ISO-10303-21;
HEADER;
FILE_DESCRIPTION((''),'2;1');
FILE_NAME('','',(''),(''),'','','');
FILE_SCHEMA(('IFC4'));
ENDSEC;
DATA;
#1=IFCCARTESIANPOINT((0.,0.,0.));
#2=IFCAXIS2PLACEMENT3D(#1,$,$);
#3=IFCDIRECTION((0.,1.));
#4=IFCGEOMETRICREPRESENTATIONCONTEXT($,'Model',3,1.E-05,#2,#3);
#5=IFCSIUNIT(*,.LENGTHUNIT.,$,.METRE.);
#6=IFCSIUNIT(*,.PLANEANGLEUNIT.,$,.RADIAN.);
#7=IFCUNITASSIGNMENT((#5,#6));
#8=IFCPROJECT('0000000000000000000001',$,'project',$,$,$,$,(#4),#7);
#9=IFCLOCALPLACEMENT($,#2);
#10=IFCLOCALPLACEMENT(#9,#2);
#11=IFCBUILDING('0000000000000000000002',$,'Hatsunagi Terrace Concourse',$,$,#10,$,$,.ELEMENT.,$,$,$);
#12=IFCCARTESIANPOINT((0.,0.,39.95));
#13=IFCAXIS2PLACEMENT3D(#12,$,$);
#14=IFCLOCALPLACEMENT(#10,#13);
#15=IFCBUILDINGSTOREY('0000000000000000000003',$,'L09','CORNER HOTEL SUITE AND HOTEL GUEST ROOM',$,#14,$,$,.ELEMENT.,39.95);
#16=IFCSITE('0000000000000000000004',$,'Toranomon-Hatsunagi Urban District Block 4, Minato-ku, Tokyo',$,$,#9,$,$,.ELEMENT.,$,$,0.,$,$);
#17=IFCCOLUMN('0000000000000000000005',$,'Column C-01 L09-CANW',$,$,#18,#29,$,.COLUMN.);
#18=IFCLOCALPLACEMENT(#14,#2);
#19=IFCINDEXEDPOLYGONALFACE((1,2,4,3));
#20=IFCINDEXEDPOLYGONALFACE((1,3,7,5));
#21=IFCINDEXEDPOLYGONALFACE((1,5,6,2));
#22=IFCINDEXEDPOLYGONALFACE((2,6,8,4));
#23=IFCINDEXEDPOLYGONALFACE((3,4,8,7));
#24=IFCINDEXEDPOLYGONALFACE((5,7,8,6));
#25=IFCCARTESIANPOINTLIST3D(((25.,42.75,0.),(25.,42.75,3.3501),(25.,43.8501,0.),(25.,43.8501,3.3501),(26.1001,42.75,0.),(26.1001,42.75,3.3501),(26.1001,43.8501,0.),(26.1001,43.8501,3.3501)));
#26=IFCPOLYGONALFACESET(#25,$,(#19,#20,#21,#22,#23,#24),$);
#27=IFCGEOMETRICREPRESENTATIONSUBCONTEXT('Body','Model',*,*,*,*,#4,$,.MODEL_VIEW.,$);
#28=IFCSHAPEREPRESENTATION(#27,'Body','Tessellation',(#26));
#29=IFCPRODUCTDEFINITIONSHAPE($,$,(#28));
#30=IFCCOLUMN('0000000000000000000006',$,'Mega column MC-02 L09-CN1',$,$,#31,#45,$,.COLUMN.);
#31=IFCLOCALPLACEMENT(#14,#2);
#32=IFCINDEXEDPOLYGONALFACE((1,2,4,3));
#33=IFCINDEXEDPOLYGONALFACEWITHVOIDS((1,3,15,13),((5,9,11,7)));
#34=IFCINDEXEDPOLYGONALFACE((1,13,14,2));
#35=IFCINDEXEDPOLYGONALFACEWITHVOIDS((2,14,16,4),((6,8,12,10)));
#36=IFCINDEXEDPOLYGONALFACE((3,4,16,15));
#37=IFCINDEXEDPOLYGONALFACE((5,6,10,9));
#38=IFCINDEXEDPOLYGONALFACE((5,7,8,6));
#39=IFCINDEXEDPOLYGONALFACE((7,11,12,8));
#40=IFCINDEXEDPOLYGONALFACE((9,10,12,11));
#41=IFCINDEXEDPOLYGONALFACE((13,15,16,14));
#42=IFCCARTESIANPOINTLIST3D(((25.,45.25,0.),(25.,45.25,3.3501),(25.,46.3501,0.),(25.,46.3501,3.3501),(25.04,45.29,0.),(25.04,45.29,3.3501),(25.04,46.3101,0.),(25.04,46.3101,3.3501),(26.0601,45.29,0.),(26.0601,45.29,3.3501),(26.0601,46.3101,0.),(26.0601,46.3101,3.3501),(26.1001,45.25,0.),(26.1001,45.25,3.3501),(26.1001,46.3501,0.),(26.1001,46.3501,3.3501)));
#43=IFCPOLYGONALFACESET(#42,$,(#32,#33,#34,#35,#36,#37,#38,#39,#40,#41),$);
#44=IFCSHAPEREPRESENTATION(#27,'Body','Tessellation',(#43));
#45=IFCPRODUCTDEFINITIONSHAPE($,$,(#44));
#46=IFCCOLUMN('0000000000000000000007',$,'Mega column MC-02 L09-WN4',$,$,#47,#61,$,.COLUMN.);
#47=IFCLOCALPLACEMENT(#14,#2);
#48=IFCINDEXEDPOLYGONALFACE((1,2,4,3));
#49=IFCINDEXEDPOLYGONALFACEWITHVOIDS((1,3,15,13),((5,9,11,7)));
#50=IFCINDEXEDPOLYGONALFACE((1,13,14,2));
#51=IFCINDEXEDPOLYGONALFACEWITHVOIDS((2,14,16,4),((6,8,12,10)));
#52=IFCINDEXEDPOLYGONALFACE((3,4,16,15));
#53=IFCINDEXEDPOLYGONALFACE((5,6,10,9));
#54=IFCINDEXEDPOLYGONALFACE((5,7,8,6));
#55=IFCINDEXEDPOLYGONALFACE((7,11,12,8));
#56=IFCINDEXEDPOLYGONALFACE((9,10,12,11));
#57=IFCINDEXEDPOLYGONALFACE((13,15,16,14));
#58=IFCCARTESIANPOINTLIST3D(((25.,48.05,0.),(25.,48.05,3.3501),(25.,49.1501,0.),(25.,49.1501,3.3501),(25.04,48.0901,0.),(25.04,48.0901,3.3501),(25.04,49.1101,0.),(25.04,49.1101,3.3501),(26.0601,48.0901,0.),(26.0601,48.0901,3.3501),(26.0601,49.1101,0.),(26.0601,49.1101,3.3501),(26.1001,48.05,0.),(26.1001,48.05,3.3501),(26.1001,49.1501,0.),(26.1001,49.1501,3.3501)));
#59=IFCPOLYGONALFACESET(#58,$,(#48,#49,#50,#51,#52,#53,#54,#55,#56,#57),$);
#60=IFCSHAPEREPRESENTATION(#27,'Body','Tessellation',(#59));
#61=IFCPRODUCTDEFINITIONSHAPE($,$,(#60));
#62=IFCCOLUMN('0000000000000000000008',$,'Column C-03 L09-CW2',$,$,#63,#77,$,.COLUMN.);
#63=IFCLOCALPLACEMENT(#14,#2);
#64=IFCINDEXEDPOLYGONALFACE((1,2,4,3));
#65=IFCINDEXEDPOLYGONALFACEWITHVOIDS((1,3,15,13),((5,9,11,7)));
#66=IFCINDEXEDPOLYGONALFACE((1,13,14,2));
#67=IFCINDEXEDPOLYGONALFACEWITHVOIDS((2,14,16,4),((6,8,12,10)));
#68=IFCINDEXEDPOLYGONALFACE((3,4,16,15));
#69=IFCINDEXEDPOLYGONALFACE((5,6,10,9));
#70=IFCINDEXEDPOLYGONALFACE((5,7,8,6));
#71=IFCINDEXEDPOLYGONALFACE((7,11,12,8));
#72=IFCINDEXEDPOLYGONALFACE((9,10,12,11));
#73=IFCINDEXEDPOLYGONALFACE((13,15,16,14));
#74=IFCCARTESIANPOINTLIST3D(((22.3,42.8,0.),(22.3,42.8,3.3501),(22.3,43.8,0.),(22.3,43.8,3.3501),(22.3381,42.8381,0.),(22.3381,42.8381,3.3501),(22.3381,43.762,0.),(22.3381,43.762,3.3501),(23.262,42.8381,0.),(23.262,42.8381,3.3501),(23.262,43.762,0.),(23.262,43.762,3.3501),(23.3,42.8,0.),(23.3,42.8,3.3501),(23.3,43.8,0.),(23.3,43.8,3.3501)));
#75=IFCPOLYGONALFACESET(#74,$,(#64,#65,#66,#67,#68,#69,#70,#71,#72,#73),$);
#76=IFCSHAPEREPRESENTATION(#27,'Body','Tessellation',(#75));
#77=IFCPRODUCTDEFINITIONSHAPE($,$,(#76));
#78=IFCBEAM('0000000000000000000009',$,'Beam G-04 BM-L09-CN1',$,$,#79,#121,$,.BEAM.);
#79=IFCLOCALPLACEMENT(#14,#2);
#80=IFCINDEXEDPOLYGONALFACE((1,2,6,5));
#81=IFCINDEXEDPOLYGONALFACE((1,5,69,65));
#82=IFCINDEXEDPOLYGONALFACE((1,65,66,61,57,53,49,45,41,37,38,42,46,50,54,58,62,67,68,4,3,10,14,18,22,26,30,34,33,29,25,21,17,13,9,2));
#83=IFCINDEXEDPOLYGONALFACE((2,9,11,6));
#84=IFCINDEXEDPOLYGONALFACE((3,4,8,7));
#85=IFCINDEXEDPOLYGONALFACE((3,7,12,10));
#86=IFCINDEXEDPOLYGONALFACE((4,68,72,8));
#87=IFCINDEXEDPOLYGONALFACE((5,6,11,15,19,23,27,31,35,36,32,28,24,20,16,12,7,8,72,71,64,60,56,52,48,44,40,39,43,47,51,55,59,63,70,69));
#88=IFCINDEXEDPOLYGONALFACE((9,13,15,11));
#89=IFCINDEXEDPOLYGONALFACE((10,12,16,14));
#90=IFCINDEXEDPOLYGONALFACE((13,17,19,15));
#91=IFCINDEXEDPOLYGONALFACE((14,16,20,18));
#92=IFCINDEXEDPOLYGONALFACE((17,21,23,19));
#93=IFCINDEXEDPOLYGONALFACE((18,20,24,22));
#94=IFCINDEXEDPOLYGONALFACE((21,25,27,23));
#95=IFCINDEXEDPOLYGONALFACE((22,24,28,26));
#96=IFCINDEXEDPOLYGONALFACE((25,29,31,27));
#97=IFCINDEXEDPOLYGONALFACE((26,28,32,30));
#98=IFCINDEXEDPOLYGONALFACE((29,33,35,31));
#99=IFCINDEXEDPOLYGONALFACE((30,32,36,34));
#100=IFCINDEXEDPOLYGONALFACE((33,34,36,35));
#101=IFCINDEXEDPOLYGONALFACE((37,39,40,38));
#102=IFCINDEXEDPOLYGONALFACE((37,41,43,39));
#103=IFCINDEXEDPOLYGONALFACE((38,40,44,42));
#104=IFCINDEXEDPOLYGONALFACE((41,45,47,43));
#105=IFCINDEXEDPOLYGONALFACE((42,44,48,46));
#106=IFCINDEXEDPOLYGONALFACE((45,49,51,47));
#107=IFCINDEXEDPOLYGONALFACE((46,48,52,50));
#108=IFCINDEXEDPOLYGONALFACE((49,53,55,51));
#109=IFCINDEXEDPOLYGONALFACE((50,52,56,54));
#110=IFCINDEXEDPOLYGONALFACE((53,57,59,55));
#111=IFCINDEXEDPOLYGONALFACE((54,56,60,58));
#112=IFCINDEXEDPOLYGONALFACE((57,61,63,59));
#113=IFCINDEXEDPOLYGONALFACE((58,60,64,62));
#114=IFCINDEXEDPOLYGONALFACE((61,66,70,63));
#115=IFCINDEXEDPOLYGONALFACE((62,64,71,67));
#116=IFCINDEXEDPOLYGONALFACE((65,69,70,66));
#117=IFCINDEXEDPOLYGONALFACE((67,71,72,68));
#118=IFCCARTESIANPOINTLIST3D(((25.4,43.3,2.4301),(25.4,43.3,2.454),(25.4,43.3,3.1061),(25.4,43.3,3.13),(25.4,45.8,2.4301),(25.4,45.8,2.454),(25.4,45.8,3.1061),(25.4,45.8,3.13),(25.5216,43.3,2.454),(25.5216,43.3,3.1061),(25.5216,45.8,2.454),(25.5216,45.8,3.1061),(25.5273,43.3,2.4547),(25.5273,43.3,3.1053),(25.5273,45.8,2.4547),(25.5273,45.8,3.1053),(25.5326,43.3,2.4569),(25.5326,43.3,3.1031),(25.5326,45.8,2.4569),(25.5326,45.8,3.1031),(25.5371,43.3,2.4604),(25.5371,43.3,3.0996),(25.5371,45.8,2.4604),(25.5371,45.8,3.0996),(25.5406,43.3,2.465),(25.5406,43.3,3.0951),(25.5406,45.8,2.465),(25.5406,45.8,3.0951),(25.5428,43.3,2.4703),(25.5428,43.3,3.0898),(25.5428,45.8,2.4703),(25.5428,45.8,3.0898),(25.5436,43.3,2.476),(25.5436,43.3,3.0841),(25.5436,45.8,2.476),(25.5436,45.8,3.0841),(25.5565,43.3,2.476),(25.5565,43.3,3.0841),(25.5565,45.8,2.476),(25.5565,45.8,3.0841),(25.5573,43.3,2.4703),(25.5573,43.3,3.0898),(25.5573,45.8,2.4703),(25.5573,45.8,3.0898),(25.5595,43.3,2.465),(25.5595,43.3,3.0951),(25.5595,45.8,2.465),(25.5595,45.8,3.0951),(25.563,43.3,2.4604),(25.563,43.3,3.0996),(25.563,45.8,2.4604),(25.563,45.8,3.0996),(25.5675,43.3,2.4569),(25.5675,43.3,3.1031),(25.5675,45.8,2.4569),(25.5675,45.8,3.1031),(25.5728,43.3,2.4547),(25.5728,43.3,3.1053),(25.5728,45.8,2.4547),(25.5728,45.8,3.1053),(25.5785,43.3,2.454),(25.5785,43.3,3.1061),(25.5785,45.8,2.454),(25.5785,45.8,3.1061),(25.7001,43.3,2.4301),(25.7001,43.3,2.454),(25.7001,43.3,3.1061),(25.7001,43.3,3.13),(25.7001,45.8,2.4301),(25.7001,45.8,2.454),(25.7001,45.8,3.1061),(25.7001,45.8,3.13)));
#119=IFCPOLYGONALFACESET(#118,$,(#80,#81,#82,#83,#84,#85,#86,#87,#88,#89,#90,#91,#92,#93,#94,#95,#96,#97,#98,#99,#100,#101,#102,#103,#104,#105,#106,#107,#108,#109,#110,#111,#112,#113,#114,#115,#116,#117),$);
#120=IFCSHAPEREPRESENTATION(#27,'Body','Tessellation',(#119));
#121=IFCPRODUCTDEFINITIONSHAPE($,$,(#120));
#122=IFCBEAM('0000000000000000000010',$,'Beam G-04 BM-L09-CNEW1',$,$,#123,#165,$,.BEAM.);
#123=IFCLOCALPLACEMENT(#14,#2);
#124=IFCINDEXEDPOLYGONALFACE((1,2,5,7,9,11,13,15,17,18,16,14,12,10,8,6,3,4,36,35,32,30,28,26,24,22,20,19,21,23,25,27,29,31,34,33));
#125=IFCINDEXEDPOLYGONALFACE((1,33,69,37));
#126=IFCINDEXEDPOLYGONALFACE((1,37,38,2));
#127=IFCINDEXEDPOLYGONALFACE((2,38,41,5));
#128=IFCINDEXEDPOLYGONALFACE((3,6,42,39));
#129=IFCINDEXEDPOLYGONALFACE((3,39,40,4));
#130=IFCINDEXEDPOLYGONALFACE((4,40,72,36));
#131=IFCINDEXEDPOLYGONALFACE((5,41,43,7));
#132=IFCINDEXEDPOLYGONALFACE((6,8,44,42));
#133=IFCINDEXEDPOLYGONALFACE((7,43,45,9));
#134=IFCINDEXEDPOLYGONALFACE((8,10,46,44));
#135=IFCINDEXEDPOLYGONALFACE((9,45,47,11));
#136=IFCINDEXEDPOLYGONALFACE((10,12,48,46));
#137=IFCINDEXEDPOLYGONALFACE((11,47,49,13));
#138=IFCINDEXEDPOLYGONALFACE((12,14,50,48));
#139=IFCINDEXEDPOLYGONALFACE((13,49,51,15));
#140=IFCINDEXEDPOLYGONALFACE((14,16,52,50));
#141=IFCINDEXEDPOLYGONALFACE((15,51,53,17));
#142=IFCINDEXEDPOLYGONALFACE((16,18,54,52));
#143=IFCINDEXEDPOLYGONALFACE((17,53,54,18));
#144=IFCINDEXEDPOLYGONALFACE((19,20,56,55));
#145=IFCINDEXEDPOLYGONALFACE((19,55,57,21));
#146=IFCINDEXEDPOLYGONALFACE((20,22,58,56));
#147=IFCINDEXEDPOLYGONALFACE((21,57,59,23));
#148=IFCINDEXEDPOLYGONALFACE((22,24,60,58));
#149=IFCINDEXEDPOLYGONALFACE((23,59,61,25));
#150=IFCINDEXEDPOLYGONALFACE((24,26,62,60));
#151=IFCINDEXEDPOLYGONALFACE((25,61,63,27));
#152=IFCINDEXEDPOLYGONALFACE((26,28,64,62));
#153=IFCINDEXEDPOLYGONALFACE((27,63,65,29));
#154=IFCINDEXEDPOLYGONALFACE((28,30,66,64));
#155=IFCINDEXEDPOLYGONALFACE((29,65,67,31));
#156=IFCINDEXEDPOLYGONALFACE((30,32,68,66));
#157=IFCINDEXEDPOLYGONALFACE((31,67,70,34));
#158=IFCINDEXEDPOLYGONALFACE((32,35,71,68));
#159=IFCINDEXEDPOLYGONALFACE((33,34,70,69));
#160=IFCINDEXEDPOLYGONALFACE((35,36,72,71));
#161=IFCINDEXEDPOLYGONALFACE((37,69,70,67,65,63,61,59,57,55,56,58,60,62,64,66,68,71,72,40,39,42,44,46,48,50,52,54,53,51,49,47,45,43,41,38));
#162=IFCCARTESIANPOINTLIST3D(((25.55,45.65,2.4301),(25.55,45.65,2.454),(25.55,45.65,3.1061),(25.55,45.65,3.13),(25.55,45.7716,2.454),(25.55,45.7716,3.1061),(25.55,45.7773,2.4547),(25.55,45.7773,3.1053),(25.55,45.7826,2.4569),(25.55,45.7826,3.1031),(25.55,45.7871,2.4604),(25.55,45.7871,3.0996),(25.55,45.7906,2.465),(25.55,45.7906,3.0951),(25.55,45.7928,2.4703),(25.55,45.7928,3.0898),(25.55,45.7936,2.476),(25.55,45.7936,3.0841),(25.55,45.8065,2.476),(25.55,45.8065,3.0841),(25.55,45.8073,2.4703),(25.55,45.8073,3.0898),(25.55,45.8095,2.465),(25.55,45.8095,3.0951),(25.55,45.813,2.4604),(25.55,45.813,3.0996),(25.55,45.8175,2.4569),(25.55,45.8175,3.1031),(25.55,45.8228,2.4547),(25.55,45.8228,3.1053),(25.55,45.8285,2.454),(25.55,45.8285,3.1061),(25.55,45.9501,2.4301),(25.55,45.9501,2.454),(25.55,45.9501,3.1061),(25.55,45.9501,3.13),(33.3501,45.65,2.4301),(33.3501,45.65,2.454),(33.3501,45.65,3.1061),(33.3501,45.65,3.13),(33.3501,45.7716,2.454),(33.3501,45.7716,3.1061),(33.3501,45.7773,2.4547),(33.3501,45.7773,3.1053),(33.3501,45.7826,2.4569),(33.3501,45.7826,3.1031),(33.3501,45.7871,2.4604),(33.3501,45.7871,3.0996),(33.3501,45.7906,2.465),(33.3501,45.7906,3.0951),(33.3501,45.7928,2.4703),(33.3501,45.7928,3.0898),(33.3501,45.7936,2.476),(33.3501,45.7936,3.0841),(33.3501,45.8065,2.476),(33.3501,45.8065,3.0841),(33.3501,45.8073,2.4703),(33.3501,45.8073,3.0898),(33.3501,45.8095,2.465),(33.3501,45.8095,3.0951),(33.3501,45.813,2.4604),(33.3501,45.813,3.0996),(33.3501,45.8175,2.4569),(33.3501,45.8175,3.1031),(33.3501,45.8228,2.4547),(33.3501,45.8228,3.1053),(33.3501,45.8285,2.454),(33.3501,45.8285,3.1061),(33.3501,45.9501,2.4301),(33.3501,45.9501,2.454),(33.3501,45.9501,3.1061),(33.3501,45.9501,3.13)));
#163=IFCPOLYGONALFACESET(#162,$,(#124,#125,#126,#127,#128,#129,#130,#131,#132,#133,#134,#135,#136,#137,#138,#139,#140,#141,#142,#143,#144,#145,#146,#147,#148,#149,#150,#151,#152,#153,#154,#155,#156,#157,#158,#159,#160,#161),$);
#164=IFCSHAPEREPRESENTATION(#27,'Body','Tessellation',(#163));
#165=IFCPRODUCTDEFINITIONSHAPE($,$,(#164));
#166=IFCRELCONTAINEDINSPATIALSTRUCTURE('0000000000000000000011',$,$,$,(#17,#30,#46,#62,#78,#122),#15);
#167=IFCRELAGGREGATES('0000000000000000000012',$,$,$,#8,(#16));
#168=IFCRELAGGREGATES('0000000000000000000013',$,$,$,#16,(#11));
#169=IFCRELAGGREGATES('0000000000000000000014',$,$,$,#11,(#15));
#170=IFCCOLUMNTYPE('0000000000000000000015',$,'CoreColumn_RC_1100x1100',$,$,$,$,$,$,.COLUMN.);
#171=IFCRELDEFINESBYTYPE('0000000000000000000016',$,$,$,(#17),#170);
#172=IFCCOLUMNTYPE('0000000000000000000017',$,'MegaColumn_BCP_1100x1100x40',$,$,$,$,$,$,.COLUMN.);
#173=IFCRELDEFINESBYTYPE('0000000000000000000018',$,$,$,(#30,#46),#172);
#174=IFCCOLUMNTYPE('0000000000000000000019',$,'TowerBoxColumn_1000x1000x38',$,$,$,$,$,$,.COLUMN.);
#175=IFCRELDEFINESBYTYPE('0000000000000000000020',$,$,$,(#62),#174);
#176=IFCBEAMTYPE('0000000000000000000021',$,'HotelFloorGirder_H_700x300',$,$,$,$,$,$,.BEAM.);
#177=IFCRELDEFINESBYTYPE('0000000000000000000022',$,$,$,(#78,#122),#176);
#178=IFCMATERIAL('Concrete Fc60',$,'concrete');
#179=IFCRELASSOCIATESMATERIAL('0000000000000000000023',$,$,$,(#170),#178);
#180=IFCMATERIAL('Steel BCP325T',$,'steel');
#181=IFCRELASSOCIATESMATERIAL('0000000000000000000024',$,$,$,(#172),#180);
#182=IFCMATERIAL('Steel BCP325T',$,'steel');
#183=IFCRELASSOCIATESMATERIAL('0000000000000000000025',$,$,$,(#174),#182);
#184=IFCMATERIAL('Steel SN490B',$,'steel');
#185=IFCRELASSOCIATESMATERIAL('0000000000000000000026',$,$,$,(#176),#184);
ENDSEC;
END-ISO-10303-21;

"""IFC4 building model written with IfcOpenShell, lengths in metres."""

from ifc_helpers import new_model, si_unit, direction, frame, origin, origin_2d, place, context, subcontext, project, spatial, rectangle, hollow_rectangle, i_section, extrude, material, material_profile, profile_set, type_object, element, save


model = new_model("IFC4")

# Units and contexts
model_context = context("Model", 3, precision=1e-05, world=origin(), true_north=direction((0.0, 1.0)))
body_context = subcontext(model_context, "Body", "Model", "MODEL_VIEW")
ifc_project = project(units=[si_unit("LENGTHUNIT", "METRE"), si_unit("PLANEANGLEUNIT", "RADIAN")], contexts=[model_context])

# Site, building, storey
site_placement = place(None, origin())
site = spatial("IfcSite", under=ifc_project, at=site_placement, Name="Toranomon-Hatsunagi Urban District Block 4, Minato-ku, Tokyo", CompositionType="ELEMENT", RefElevation=0.0)
building_placement = place(site_placement, origin())
building = spatial("IfcBuilding", under=site, at=building_placement, Name="Hatsunagi Terrace Concourse", CompositionType="ELEMENT")
storey_placement = place(building_placement, frame((0.0, 0.0, 39.95)))
storey = spatial("IfcBuildingStorey", under=building, at=storey_placement, Name="L09", Description="CORNER HOTEL SUITE AND HOTEL GUEST ROOM", CompositionType="ELEMENT", Elevation=39.95)

# Columns
ifc_material_1 = material(Name="Concrete Fc60", Category="concrete")
ifc_material_profile_1 = material_profile(ifc_material_1, rectangle(XDim=1.1001, YDim=1.1001, at=origin_2d()), Name="RC-1100x1100")
ifc_profile_set_1 = profile_set([ifc_material_profile_1], Name="Concrete Fc60")
column_type_1 = type_object("IfcColumnType", Name="CoreColumn_RC_1100x1100", PredefinedType="COLUMN", material=ifc_profile_set_1)
column_1_placement = place(storey_placement, frame((25.55, 43.3, 0.0), z_axis=(0.0, 0.0, 1.0), x_axis=(1.0, 0.0, 0.0)))
element("IfcColumn", 1, at=column_1_placement, inside=storey, type_object=column_type_1, Name="Column C-01 L09-CANW", PredefinedType="COLUMN", context=body_context, shape_type="SweptSolid", body=[
    extrude(rectangle(XDim=1.1001, YDim=1.1001, at=origin_2d()), origin(), (0.0, 0.0, 1.0), 3.3501),
])
ifc_material_2 = material(Name="Steel BCP325T", Category="steel")
ifc_material_profile_2 = material_profile(ifc_material_2, hollow_rectangle(XDim=1.1001, YDim=1.1001, WallThickness=0.04, at=origin_2d()), Name="BCP-1100x1100x40")
ifc_profile_set_2 = profile_set([ifc_material_profile_2], Name="Steel BCP325T")
column_type_2 = type_object("IfcColumnType", Name="MegaColumn_BCP_1100x1100x40", PredefinedType="COLUMN", material=ifc_profile_set_2)
for number, where, z_axis, x_axis, name in (
    (2, (25.55, 45.8, 0.0), (0.0, 0.0, 1.0), (1.0, 0.0, 0.0), "Mega column MC-02 L09-CN1"),
    (3, (25.55, 48.6001, 0.0), (0.0, 0.0, 1.0), (1.0, 0.0, 0.0), "Mega column MC-02 L09-WN4"),
):
    element("IfcColumn", number, at=place(storey_placement, frame(where, z_axis=z_axis, x_axis=x_axis)), inside=storey, type_object=column_type_2, Name=name, PredefinedType="COLUMN", context=body_context, shape_type="SweptSolid", body=[
        extrude(hollow_rectangle(XDim=1.1001, YDim=1.1001, WallThickness=0.04, at=origin_2d()), origin(), (0.0, 0.0, 1.0), 3.3501),
    ])
ifc_material_3 = material(Name="Steel BCP325T", Category="steel")
ifc_material_profile_3 = material_profile(ifc_material_3, hollow_rectangle(XDim=1.0, YDim=1.0, WallThickness=0.0381, at=origin_2d()), Name="BCP-1000x1000x38")
ifc_profile_set_3 = profile_set([ifc_material_profile_3], Name="Steel BCP325T")
column_type_3 = type_object("IfcColumnType", Name="TowerBoxColumn_1000x1000x38", PredefinedType="COLUMN", material=ifc_profile_set_3)
column_2_placement = place(storey_placement, frame((22.8, 43.3, 0.0), z_axis=(0.0, 0.0, 1.0), x_axis=(1.0, 0.0, 0.0)))
element("IfcColumn", 4, at=column_2_placement, inside=storey, type_object=column_type_3, Name="Column C-03 L09-CW2", PredefinedType="COLUMN", context=body_context, shape_type="SweptSolid", body=[
    extrude(hollow_rectangle(XDim=1.0, YDim=1.0, WallThickness=0.0381, at=origin_2d()), origin(), (0.0, 0.0, 1.0), 3.3501),
])

# Beams
ifc_material_4 = material(Name="Steel SN490B", Category="steel")
ifc_material_profile_4 = material_profile(ifc_material_4, i_section(OverallWidth=0.3, OverallDepth=0.7, WebThickness=0.0129, FlangeThickness=0.0239, FilletRadius=0.022, at=origin_2d()), Name="H-700x300x13x24")
ifc_profile_set_4 = profile_set([ifc_material_profile_4], Name="Steel SN490B")
beam_type_1 = type_object("IfcBeamType", Name="HotelFloorGirder_H_700x300", PredefinedType="BEAM", material=ifc_profile_set_4)
beam_1_placement = place(storey_placement, frame((25.55, 43.3, 2.78), z_axis=(0.0, 1.0, 0.0), x_axis=(-1.0, 0.0, 0.0)))
element("IfcBeam", 5, at=beam_1_placement, inside=storey, type_object=beam_type_1, Name="Beam G-04 BM-L09-CN1", PredefinedType="BEAM", context=body_context, shape_type="SweptSolid", body=[
    extrude(i_section(OverallWidth=0.3, OverallDepth=0.7, WebThickness=0.0129, FlangeThickness=0.0239, FilletRadius=0.022, at=origin_2d()), origin(), (0.0, 0.0, 1.0), 2.5),
])
beam_2_placement = place(storey_placement, frame((25.55, 45.8, 2.78), z_axis=(1.0, 0.0, 0.0), x_axis=(0.0, 1.0, 0.0)))
element("IfcBeam", 6, at=beam_2_placement, inside=storey, type_object=beam_type_1, Name="Beam G-04 BM-L09-CNEW1", PredefinedType="BEAM", context=body_context, shape_type="SweptSolid", body=[
    extrude(i_section(OverallWidth=0.3, OverallDepth=0.7, WebThickness=0.0129, FlangeThickness=0.0239, FilletRadius=0.022, at=origin_2d()), origin(), (0.0, 0.0, 1.0), 7.8),
])

save(model, "model.ifc")
